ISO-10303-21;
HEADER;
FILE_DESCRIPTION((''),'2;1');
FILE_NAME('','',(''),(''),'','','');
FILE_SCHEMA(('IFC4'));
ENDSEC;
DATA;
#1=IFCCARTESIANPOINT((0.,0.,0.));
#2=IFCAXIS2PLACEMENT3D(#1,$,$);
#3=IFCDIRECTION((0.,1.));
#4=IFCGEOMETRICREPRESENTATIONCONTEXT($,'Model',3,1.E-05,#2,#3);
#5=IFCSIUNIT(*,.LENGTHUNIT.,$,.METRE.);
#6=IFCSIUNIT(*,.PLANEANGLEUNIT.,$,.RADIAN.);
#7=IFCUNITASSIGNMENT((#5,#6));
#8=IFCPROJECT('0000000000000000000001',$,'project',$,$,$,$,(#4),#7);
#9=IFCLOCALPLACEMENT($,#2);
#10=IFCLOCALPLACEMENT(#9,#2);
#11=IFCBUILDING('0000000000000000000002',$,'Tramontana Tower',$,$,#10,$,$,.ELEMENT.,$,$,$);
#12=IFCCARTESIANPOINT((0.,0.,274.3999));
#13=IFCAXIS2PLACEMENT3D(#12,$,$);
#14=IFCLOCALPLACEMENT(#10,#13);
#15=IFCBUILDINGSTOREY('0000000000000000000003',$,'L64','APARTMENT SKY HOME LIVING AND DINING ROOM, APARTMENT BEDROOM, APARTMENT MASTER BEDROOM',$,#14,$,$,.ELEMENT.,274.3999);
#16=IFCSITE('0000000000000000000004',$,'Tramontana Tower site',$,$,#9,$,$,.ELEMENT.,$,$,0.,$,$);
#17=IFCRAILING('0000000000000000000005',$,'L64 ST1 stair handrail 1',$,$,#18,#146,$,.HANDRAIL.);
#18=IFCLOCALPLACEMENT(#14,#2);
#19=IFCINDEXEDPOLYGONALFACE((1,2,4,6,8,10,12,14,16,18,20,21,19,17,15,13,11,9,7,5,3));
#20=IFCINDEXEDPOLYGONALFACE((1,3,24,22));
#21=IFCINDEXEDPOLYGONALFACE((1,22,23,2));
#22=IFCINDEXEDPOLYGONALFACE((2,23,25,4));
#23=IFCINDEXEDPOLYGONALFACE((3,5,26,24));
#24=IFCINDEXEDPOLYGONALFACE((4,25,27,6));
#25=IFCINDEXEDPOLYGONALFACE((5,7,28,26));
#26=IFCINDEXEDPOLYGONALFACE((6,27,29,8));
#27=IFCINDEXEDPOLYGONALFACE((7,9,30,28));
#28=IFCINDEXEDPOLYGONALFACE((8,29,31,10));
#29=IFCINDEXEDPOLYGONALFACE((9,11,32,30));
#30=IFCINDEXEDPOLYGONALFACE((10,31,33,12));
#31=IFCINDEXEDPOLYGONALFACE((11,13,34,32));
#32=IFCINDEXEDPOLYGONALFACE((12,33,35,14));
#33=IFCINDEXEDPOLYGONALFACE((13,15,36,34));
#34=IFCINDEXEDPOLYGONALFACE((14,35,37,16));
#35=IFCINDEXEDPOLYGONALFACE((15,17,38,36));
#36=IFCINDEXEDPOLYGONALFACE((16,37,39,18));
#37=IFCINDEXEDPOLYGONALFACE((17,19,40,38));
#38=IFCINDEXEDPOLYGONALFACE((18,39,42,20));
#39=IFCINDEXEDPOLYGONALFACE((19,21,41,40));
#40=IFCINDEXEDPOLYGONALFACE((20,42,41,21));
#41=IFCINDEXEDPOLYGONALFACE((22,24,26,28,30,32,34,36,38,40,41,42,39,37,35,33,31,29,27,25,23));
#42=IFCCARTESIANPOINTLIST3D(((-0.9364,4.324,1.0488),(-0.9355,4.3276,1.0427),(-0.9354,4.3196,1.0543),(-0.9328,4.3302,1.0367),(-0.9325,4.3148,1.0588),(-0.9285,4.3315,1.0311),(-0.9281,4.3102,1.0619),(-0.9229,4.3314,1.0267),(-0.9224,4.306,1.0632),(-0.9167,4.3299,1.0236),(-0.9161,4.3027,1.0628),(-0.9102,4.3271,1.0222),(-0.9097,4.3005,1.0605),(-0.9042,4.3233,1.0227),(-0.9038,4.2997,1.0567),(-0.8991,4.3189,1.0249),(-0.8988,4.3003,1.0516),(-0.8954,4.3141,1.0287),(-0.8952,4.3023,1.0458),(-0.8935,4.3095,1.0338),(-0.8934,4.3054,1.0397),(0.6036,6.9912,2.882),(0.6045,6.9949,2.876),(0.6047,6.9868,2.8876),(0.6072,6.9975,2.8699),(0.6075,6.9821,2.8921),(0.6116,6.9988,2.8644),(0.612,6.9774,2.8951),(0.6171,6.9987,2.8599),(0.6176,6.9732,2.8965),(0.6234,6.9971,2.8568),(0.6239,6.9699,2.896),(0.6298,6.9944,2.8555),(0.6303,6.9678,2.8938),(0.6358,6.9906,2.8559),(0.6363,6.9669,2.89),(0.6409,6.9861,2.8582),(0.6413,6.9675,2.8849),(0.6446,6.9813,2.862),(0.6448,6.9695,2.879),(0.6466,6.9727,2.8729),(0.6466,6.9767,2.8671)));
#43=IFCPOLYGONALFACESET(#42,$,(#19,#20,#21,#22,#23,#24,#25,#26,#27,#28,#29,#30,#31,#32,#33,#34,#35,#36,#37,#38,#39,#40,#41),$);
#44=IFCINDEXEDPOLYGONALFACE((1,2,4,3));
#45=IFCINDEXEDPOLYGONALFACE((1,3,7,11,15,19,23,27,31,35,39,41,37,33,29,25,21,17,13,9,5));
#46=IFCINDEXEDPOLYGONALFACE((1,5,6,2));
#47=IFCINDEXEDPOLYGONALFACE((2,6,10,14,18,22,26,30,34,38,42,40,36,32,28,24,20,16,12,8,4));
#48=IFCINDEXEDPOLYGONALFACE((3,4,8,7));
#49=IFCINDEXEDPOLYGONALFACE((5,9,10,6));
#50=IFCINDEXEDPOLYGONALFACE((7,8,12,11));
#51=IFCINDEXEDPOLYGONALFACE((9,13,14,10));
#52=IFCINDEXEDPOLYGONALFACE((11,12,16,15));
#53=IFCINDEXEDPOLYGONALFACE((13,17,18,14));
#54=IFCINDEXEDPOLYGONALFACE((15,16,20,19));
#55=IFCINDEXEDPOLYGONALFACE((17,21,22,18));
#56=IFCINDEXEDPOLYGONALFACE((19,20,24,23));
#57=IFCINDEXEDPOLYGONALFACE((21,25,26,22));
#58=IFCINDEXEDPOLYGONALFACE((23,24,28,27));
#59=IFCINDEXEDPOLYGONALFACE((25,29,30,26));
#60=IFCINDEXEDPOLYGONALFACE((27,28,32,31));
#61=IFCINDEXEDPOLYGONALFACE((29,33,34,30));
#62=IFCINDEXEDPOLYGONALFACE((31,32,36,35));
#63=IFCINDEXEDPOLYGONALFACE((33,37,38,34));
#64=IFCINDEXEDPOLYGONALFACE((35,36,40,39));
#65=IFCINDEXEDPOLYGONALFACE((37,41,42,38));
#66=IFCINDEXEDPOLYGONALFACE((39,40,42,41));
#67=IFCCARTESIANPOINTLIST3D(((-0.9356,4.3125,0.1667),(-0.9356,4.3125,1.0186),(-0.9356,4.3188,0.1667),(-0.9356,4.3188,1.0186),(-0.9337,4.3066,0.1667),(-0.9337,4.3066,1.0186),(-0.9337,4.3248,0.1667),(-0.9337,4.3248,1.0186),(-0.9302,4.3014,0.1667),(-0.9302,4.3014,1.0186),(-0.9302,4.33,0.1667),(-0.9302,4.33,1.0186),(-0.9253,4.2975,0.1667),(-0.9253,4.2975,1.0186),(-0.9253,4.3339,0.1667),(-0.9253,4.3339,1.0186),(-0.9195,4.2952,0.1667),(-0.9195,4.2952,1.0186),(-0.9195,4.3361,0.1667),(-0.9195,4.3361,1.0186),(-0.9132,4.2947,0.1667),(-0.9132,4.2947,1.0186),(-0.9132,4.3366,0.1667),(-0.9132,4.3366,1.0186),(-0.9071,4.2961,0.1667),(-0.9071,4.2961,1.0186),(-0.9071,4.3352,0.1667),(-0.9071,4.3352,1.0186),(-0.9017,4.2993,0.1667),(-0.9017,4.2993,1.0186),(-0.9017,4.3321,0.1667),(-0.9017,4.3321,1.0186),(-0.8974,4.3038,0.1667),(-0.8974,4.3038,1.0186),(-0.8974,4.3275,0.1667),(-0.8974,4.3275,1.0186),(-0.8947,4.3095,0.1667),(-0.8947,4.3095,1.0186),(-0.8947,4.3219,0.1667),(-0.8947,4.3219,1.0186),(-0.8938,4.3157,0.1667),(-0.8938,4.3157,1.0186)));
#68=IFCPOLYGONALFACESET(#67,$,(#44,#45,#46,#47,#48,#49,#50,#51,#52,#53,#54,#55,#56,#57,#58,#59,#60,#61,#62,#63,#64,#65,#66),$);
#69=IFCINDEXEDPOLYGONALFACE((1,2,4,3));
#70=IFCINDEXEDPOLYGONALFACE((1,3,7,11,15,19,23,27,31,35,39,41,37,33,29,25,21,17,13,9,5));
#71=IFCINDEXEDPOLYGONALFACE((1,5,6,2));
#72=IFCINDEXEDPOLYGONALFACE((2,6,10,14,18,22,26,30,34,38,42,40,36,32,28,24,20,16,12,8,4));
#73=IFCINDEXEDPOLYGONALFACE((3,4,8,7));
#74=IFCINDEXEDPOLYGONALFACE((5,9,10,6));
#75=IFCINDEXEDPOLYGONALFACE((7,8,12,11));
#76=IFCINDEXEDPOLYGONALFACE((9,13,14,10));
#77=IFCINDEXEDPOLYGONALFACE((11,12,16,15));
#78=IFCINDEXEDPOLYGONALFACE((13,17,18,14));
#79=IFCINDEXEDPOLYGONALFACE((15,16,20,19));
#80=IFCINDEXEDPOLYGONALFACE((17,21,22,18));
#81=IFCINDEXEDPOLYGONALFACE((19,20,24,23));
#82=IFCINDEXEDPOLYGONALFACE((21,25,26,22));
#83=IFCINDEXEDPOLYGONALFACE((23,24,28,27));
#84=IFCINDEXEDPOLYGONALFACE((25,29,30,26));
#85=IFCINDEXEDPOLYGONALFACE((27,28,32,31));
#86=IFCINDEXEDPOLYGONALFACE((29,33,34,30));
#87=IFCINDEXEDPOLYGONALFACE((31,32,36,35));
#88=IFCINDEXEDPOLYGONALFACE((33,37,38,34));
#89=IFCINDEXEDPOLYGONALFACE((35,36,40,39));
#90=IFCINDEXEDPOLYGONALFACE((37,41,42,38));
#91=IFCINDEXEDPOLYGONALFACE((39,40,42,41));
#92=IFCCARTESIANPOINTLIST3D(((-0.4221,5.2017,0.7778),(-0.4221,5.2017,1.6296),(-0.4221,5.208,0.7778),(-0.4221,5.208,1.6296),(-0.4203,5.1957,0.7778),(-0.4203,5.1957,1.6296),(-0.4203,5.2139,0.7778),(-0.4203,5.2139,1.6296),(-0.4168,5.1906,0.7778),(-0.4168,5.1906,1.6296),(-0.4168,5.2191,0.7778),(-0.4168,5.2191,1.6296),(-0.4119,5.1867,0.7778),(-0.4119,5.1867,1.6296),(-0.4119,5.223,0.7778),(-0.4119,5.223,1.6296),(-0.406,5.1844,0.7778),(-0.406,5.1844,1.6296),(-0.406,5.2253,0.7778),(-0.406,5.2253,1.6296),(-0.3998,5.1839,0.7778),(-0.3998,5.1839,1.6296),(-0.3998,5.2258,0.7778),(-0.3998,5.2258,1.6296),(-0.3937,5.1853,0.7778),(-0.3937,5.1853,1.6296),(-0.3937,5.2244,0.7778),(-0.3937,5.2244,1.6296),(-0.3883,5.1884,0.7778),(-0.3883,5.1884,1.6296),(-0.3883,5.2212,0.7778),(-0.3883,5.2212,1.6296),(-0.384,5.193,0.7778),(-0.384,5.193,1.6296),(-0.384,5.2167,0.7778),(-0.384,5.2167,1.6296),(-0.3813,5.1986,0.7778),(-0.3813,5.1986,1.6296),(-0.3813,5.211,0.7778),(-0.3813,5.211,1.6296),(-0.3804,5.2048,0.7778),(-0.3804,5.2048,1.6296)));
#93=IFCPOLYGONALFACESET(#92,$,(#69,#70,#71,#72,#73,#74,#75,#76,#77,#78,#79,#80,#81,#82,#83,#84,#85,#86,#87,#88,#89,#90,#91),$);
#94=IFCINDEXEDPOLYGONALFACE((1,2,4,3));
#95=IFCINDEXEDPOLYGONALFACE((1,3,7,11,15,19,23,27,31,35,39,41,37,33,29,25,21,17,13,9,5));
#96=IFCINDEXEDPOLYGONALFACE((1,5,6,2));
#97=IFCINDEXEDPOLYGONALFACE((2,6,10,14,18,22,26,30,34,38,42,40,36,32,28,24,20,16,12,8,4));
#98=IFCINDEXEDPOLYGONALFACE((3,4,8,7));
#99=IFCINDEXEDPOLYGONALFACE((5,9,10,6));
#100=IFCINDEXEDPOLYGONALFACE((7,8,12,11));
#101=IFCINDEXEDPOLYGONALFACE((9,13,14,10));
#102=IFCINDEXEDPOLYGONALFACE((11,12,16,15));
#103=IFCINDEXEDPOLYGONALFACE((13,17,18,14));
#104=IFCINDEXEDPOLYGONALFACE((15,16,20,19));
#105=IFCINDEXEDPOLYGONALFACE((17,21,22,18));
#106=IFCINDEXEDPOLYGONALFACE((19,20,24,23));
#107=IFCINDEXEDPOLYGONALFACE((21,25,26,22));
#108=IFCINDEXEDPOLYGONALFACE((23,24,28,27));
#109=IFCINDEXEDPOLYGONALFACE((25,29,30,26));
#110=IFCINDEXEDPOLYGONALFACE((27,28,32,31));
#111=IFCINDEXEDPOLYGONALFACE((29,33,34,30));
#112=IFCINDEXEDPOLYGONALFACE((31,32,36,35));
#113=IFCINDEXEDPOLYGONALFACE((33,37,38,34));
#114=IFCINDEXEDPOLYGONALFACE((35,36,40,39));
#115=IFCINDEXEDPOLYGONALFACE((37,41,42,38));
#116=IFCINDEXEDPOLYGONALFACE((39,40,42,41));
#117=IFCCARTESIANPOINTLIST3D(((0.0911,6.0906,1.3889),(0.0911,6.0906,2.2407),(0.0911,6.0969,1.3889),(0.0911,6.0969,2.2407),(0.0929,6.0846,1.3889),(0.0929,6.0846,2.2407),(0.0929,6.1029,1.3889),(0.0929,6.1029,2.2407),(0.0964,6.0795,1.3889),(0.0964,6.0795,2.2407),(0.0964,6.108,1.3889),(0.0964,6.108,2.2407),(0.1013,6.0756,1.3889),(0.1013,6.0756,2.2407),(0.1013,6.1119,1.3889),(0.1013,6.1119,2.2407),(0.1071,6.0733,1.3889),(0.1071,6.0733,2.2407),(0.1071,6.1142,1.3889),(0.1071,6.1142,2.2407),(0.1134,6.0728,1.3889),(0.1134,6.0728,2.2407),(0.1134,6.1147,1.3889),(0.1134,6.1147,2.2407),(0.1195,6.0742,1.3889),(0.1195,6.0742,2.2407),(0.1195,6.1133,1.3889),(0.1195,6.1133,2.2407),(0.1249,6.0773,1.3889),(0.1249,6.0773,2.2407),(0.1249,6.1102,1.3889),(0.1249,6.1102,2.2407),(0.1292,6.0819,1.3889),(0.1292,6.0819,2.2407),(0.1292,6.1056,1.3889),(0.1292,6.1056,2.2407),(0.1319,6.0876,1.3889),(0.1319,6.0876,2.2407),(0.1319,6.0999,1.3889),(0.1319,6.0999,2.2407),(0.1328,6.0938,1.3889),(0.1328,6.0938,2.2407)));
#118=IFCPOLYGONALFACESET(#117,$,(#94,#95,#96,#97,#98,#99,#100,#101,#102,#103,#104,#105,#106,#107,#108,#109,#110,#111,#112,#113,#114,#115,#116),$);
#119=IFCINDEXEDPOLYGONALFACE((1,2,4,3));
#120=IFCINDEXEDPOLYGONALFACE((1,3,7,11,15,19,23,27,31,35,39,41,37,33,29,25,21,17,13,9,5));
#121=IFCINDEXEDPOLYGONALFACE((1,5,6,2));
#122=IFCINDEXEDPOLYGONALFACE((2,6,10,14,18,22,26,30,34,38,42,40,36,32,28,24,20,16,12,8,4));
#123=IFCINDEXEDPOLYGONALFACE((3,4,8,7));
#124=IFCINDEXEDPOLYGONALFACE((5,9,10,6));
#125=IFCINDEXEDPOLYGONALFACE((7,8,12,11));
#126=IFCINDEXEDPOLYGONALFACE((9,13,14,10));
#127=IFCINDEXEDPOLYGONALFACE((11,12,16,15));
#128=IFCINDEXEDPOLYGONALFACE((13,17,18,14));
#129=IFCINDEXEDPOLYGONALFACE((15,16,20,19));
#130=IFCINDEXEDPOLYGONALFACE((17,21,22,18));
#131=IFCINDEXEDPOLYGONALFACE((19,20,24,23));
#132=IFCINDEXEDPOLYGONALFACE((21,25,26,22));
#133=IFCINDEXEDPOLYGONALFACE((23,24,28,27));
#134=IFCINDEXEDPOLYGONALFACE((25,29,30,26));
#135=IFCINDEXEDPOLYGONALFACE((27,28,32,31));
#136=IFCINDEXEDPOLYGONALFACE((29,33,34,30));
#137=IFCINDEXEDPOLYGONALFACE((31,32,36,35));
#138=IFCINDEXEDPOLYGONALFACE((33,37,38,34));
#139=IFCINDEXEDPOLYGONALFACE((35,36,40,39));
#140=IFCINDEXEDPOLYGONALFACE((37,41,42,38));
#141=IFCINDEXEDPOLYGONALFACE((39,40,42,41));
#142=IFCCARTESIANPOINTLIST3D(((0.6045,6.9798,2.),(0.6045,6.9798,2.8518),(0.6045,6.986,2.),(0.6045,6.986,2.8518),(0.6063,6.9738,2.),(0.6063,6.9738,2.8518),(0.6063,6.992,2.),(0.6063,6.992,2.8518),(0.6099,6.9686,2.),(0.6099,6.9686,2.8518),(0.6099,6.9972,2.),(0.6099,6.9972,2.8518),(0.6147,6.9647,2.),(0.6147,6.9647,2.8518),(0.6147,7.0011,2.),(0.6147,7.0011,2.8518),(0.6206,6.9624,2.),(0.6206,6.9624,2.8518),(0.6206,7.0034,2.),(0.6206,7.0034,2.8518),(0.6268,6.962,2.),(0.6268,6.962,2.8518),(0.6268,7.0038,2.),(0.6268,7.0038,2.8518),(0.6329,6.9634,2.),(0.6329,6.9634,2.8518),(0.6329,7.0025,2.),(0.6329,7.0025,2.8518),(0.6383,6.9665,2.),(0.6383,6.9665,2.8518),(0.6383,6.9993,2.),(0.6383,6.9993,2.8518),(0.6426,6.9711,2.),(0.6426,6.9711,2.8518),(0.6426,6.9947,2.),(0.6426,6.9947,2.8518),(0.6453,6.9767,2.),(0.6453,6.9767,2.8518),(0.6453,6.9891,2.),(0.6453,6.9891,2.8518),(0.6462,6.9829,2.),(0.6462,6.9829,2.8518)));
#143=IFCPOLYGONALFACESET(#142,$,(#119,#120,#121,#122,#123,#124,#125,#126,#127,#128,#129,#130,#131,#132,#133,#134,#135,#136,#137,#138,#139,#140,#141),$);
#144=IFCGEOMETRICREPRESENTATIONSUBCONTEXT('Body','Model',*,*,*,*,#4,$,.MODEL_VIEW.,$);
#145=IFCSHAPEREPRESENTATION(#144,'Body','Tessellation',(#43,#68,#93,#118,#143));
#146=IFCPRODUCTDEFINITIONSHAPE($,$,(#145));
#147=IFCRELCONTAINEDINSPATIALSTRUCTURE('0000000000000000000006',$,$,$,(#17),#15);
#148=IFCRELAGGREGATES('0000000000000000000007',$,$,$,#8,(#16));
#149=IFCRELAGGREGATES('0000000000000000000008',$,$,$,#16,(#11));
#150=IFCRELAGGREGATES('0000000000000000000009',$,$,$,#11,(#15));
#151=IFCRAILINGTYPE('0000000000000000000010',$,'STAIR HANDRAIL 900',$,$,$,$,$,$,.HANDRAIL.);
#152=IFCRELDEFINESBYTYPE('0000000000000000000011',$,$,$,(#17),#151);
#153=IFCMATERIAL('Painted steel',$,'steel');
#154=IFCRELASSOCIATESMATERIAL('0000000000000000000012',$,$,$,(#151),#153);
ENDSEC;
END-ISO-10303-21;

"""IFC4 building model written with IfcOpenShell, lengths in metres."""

from ifc_helpers import new_model, si_unit, direction, frame, origin, origin_2d, place, context, subcontext, project, spatial, circle, extrude, material, type_object, element, save


model = new_model("IFC4")

# Units and contexts
model_context = context("Model", 3, precision=1e-05, world=origin(), true_north=direction((0.0, 1.0)))
body_context = subcontext(model_context, "Body", "Model", "MODEL_VIEW")
ifc_project = project(units=[si_unit("LENGTHUNIT", "METRE"), si_unit("PLANEANGLEUNIT", "RADIAN")], contexts=[model_context])

# Site, building, storey
site_placement = place(None, origin())
site = spatial("IfcSite", under=ifc_project, at=site_placement, Name="Tramontana Tower site", CompositionType="ELEMENT", RefElevation=0.0)
building_placement = place(site_placement, origin())
building = spatial("IfcBuilding", under=site, at=building_placement, Name="Tramontana Tower", CompositionType="ELEMENT")
storey_placement = place(building_placement, frame((0.0, 0.0, 274.3999)))
storey = spatial("IfcBuildingStorey", under=building, at=storey_placement, Name="L64", Description="APARTMENT SKY HOME LIVING AND DINING ROOM, APARTMENT BEDROOM, APARTMENT MASTER BEDROOM", CompositionType="ELEMENT", Elevation=274.3999)

# Railing
ifc_material_1 = material(Name="Painted steel", Category="steel")
railing_type_1 = type_object("IfcRailingType", Name="STAIR HANDRAIL 900", PredefinedType="HANDRAIL", material=ifc_material_1)
railing_1_placement = place(storey_placement, frame((-0.9148, 4.3157, 0.1667)))
element("IfcRailing", 1, at=railing_1_placement, inside=storey, type_object=railing_type_1, Name="L64 ST1 stair handrail 1", PredefinedType="HANDRAIL", context=body_context, shape_type="SweptSolid", body=[
    extrude(circle(Radius=0.0239, at=origin_2d()), frame((0.0, 0.0, 0.876), z_axis=(0.429671, 0.744159, 0.511478), x_axis=(-0.86601, 0.500027, 0.0)), (0.0, 0.0, 1.0), 3.5842),
    extrude(circle(Radius=0.021, at=origin_2d()), origin(), (0.0, 0.0, 1.0), 0.8518),
    extrude(circle(Radius=0.021, at=origin_2d()), frame((0.5134, 0.8892, 0.6111)), (0.0, 0.0, 1.0), 0.8518),
    extrude(circle(Radius=0.021, at=origin_2d()), frame((1.0266, 1.7781, 1.2222)), (0.0, 0.0, 1.0), 0.8518),
    extrude(circle(Radius=0.021, at=origin_2d()), frame((1.54, 2.6672, 1.8333)), (0.0, 0.0, 1.0), 0.8518),
])

save(model, "model.ifc")
